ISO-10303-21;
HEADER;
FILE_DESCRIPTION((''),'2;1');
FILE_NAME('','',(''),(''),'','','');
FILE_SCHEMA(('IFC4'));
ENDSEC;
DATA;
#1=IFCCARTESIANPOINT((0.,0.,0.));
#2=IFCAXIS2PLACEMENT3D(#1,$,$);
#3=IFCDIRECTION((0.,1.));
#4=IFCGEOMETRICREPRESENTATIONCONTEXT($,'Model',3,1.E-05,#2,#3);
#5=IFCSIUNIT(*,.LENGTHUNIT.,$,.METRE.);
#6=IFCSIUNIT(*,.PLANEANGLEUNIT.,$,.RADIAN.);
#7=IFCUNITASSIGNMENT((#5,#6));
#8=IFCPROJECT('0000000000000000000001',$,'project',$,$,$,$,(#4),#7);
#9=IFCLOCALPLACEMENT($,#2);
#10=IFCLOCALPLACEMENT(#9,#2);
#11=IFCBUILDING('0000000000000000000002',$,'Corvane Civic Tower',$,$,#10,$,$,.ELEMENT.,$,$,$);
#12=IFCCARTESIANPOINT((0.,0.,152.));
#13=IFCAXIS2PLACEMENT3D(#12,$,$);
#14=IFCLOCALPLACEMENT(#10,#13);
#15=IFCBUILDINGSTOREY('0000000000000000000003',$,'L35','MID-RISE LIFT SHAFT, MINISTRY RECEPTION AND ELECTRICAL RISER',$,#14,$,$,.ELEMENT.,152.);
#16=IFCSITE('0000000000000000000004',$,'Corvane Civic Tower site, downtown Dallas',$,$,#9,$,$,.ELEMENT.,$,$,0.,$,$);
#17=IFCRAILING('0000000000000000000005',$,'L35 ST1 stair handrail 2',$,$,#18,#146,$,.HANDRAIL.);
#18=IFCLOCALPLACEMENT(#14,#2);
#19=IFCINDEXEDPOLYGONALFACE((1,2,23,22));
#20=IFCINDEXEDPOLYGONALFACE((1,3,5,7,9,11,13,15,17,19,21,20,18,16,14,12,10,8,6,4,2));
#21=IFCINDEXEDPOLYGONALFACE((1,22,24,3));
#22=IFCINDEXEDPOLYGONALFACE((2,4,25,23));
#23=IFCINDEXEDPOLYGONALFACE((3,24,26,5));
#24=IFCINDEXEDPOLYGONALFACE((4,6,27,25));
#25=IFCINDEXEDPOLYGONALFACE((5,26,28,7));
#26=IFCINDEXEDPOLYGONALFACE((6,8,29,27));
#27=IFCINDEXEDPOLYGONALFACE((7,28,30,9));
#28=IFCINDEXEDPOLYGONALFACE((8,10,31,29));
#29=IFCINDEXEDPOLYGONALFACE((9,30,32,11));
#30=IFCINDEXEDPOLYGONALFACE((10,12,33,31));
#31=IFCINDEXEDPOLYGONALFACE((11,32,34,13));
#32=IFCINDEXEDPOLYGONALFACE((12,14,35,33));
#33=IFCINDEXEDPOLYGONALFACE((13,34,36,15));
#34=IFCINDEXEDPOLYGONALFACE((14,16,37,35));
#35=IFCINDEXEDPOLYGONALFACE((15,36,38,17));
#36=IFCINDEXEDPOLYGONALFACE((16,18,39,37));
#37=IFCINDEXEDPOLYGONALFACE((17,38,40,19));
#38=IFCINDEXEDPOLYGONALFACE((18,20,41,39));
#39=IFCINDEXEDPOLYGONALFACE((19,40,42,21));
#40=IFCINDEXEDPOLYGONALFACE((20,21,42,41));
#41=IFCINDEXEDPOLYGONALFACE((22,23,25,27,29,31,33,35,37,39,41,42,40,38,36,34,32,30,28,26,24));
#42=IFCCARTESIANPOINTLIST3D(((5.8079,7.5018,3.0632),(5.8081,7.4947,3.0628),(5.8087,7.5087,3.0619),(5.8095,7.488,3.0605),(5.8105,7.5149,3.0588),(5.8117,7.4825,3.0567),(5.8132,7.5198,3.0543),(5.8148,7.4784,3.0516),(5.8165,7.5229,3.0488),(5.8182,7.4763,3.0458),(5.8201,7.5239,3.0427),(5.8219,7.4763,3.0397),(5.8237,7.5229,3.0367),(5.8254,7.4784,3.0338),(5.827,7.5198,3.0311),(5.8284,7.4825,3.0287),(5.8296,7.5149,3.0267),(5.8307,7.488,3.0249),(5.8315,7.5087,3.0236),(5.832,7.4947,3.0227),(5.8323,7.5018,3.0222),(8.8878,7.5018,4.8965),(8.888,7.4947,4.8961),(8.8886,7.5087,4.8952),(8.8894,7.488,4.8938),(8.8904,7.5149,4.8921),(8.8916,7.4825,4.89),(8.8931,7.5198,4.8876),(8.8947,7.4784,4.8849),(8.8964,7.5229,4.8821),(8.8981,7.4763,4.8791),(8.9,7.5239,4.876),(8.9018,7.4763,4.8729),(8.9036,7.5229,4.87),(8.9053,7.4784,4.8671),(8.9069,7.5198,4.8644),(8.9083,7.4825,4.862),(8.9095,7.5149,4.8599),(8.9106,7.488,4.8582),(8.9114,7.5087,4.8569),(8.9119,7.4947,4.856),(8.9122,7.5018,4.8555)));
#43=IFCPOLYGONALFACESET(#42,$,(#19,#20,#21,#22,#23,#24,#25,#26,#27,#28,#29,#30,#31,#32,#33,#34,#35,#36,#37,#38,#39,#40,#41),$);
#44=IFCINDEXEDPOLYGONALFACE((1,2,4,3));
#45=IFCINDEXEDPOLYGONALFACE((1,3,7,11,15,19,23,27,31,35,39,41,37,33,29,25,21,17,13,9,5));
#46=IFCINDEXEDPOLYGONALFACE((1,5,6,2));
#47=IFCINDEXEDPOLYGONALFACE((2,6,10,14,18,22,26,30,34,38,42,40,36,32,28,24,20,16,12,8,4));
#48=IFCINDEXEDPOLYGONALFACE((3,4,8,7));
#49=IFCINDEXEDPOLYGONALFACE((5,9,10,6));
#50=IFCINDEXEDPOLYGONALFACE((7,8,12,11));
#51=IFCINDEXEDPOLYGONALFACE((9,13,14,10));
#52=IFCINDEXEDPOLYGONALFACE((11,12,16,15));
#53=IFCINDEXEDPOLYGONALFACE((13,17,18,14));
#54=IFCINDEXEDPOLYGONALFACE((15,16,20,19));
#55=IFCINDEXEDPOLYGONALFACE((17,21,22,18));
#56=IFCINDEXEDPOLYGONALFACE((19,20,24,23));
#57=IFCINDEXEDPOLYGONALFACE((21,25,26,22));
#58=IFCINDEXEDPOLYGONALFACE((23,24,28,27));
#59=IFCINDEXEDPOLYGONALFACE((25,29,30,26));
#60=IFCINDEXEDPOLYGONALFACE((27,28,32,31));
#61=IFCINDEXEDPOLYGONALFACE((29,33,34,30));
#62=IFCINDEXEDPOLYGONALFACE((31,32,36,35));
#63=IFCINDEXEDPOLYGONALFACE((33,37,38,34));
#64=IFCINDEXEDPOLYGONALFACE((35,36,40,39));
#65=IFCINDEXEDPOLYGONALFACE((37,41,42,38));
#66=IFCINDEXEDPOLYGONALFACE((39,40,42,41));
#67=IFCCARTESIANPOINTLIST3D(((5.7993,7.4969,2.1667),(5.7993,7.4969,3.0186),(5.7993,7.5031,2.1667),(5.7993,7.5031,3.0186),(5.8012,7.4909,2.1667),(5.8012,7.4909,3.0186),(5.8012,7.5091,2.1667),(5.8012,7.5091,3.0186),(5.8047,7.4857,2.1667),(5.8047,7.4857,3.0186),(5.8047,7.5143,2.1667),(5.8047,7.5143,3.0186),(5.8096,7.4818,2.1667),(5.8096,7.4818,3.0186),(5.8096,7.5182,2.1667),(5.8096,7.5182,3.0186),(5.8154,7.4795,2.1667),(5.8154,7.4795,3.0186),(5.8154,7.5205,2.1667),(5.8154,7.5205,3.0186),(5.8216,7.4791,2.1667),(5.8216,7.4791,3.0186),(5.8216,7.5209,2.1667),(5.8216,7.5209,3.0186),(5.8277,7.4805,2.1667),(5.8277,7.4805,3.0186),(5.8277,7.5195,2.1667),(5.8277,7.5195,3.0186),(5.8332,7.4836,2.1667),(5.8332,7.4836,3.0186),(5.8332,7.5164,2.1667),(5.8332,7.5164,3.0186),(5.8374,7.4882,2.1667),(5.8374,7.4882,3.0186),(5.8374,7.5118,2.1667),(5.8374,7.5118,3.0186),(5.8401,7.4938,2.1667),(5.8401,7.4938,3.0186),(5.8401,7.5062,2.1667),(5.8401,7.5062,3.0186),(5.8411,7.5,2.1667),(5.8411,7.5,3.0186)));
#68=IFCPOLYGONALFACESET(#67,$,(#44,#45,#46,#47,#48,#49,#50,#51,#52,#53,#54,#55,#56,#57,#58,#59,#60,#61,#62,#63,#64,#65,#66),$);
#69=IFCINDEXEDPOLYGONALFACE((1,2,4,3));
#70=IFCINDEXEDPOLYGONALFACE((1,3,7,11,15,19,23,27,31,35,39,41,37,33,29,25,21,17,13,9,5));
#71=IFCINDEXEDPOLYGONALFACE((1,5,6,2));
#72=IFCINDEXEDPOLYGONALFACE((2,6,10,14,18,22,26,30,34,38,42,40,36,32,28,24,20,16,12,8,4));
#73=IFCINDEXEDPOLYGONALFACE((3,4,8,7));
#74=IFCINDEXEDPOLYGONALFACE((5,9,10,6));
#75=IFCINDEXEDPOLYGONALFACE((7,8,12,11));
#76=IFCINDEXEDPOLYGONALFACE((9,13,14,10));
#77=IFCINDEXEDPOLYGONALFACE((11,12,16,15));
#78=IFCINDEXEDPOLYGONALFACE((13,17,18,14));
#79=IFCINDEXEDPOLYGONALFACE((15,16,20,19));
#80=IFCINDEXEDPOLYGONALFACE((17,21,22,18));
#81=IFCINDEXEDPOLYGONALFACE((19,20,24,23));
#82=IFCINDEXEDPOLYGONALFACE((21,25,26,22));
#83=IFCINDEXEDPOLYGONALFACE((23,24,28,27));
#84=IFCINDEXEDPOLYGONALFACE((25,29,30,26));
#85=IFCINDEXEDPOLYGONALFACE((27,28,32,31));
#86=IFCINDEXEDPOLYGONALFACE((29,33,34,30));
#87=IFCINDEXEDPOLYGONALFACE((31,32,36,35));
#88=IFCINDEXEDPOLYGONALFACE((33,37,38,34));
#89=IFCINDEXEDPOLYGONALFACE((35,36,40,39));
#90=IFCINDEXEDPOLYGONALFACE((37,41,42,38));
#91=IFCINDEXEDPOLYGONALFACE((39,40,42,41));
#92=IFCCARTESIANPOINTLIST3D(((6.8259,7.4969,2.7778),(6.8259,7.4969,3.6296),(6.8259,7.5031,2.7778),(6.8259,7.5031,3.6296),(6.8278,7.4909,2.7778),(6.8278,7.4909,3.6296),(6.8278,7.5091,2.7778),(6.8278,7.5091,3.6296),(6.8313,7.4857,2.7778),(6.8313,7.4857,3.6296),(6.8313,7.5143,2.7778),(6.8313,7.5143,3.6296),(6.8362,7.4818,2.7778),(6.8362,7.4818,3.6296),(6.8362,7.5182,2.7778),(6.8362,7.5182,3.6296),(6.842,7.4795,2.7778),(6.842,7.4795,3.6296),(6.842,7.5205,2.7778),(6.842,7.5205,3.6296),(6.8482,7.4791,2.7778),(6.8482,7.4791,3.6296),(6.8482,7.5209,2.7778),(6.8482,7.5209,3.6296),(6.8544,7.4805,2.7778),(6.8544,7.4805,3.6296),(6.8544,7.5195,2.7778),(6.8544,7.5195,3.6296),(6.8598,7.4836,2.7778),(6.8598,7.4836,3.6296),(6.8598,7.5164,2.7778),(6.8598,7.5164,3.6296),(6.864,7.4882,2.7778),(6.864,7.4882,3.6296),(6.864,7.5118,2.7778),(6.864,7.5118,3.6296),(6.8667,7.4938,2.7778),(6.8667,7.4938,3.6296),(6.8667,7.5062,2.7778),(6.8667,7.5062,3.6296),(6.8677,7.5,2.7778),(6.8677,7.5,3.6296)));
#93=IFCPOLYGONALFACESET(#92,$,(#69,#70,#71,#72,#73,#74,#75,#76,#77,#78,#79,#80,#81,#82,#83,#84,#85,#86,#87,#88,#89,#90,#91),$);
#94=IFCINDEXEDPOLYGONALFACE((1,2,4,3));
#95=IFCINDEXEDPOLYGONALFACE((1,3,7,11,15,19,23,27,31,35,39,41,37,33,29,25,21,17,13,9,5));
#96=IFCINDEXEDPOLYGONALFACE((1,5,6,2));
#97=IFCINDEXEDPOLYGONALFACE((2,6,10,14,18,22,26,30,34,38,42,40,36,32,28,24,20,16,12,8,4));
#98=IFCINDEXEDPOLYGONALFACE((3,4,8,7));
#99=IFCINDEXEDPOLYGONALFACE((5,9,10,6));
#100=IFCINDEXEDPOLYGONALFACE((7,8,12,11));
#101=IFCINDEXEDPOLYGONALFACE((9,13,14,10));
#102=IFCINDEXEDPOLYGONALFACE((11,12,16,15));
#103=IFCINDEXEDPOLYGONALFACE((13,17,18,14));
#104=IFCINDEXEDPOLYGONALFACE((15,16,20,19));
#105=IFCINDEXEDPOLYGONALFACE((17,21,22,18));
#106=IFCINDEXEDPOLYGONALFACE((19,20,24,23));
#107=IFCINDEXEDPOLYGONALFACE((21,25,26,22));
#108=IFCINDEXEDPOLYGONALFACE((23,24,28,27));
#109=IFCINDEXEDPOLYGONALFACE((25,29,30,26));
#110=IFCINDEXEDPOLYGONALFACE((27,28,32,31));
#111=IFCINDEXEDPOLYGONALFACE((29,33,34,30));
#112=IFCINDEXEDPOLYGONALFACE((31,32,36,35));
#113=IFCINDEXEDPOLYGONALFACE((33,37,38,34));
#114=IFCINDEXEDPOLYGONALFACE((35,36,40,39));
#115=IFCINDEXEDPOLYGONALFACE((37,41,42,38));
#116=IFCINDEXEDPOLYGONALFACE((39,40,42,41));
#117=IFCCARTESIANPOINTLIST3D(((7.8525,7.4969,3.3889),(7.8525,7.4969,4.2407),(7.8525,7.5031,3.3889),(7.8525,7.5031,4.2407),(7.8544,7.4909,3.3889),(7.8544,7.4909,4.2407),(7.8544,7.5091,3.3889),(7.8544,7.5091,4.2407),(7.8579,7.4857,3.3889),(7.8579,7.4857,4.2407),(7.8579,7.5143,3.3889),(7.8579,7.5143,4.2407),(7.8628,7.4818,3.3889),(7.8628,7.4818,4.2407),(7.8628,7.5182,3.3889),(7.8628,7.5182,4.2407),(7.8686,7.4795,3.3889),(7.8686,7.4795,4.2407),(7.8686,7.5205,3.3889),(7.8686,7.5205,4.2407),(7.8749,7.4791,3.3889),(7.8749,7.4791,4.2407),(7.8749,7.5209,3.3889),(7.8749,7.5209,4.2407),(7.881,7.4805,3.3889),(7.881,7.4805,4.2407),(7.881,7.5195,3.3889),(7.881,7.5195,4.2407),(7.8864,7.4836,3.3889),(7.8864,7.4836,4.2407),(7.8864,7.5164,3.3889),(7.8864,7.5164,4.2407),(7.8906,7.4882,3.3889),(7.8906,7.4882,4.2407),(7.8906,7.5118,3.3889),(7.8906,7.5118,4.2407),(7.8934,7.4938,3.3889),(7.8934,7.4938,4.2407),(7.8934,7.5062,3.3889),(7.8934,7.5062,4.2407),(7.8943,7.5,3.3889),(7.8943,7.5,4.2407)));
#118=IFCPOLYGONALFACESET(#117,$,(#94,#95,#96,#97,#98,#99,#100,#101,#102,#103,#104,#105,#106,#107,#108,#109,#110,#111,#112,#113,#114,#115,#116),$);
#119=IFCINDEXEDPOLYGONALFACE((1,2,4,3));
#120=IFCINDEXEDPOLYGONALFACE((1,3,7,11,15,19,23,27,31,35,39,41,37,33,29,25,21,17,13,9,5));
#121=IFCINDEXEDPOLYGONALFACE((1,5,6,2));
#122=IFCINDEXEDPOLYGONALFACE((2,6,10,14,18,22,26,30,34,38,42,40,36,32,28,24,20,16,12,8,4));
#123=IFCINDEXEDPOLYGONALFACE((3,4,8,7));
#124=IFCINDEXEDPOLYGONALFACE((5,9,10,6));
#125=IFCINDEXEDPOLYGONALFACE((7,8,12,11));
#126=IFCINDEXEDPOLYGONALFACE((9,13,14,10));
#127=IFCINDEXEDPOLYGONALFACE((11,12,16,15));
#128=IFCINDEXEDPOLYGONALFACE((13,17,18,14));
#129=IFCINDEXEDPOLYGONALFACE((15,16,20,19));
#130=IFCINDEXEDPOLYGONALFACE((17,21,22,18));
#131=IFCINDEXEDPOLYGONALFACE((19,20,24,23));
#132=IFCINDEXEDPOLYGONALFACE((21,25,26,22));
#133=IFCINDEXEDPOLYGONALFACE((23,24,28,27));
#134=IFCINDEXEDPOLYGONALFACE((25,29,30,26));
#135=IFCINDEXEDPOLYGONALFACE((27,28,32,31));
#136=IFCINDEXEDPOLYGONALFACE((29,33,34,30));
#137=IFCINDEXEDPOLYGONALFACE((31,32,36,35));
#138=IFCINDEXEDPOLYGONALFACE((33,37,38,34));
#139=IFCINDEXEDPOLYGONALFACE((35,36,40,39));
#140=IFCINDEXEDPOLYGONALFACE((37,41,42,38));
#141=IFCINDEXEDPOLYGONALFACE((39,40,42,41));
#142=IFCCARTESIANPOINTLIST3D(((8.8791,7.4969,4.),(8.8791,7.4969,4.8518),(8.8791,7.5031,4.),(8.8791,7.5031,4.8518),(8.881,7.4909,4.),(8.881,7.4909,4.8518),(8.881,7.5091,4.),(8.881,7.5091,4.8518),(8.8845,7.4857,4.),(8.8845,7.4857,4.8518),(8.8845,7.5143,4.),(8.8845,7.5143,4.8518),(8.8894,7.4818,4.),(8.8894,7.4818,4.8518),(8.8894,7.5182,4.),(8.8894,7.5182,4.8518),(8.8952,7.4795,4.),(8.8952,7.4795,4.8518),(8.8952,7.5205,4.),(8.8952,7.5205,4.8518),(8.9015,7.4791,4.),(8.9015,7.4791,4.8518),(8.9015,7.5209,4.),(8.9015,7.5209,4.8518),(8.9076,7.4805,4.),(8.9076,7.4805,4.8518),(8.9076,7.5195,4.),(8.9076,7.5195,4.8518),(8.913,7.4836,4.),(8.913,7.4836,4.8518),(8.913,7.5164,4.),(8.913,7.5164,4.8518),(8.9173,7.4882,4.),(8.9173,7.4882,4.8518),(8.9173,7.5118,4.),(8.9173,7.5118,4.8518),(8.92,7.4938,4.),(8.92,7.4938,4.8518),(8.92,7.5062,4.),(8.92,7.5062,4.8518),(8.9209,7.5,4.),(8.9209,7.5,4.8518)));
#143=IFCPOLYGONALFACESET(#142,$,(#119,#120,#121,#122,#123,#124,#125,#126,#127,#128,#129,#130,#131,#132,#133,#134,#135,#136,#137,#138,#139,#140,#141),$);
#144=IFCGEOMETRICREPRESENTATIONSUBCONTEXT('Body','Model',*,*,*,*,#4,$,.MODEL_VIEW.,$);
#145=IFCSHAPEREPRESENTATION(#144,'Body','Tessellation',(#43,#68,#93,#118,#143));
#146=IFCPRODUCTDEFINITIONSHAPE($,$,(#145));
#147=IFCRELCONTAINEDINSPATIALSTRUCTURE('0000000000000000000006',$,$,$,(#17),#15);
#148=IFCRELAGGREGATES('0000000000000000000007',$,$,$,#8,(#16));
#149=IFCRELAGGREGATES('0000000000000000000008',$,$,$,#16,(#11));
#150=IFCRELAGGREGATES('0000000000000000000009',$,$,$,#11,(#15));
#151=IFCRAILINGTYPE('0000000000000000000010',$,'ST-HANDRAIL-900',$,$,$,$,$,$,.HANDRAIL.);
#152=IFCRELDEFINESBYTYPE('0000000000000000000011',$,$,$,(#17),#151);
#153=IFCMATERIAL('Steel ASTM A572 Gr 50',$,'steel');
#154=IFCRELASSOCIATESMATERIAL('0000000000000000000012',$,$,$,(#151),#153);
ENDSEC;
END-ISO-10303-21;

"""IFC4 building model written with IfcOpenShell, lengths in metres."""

from ifc_helpers import new_model, si_unit, direction, frame, origin, origin_2d, place, context, subcontext, project, spatial, circle, extrude, material, type_object, element, save


model = new_model("IFC4")

# Units and contexts
model_context = context("Model", 3, precision=1e-05, world=origin(), true_north=direction((0.0, 1.0)))
body_context = subcontext(model_context, "Body", "Model", "MODEL_VIEW")
ifc_project = project(units=[si_unit("LENGTHUNIT", "METRE"), si_unit("PLANEANGLEUNIT", "RADIAN")], contexts=[model_context])

# Site, building, storey
site_placement = place(None, origin())
site = spatial("IfcSite", under=ifc_project, at=site_placement, Name="Corvane Civic Tower site, downtown Dallas", CompositionType="ELEMENT", RefElevation=0.0)
building_placement = place(site_placement, origin())
building = spatial("IfcBuilding", under=site, at=building_placement, Name="Corvane Civic Tower", CompositionType="ELEMENT")
storey_placement = place(building_placement, frame((0.0, 0.0, 152.0)))
storey = spatial("IfcBuildingStorey", under=building, at=storey_placement, Name="L35", Description="MID-RISE LIFT SHAFT, MINISTRY RECEPTION AND ELECTRICAL RISER", CompositionType="ELEMENT", Elevation=152.0)

# Railing
ifc_material_1 = material(Name="Steel ASTM A572 Gr 50", Category="steel")
railing_type_1 = type_object("IfcRailingType", Name="ST-HANDRAIL-900", PredefinedType="HANDRAIL", material=ifc_material_1)
railing_1_placement = place(storey_placement, frame((5.8201, 7.5, 2.1667)))
element("IfcRailing", 1, at=railing_1_placement, inside=storey, type_object=railing_type_1, Name="L35 ST1 stair handrail 2", PredefinedType="HANDRAIL", context=body_context, shape_type="SweptSolid", body=[
    extrude(circle(Radius=0.0239, at=origin_2d()), frame((0.0, 0.0, 0.876), z_axis=(0.859291, 0.0, 0.511487), x_axis=(0.0, 1.0, 0.0)), (0.0, 0.0, 1.0), 3.5842),
    extrude(circle(Radius=0.021, at=origin_2d()), origin(), (0.0, 0.0, 1.0), 0.8518),
    extrude(circle(Radius=0.021, at=origin_2d()), frame((1.0266, 0.0, 0.6111)), (0.0, 0.0, 1.0), 0.8518),
    extrude(circle(Radius=0.021, at=origin_2d()), frame((2.0532, 0.0, 1.2222)), (0.0, 0.0, 1.0), 0.8518),
    extrude(circle(Radius=0.021, at=origin_2d()), frame((3.0798, 0.0, 1.8333)), (0.0, 0.0, 1.0), 0.8518),
])

save(model, "model.ifc")
